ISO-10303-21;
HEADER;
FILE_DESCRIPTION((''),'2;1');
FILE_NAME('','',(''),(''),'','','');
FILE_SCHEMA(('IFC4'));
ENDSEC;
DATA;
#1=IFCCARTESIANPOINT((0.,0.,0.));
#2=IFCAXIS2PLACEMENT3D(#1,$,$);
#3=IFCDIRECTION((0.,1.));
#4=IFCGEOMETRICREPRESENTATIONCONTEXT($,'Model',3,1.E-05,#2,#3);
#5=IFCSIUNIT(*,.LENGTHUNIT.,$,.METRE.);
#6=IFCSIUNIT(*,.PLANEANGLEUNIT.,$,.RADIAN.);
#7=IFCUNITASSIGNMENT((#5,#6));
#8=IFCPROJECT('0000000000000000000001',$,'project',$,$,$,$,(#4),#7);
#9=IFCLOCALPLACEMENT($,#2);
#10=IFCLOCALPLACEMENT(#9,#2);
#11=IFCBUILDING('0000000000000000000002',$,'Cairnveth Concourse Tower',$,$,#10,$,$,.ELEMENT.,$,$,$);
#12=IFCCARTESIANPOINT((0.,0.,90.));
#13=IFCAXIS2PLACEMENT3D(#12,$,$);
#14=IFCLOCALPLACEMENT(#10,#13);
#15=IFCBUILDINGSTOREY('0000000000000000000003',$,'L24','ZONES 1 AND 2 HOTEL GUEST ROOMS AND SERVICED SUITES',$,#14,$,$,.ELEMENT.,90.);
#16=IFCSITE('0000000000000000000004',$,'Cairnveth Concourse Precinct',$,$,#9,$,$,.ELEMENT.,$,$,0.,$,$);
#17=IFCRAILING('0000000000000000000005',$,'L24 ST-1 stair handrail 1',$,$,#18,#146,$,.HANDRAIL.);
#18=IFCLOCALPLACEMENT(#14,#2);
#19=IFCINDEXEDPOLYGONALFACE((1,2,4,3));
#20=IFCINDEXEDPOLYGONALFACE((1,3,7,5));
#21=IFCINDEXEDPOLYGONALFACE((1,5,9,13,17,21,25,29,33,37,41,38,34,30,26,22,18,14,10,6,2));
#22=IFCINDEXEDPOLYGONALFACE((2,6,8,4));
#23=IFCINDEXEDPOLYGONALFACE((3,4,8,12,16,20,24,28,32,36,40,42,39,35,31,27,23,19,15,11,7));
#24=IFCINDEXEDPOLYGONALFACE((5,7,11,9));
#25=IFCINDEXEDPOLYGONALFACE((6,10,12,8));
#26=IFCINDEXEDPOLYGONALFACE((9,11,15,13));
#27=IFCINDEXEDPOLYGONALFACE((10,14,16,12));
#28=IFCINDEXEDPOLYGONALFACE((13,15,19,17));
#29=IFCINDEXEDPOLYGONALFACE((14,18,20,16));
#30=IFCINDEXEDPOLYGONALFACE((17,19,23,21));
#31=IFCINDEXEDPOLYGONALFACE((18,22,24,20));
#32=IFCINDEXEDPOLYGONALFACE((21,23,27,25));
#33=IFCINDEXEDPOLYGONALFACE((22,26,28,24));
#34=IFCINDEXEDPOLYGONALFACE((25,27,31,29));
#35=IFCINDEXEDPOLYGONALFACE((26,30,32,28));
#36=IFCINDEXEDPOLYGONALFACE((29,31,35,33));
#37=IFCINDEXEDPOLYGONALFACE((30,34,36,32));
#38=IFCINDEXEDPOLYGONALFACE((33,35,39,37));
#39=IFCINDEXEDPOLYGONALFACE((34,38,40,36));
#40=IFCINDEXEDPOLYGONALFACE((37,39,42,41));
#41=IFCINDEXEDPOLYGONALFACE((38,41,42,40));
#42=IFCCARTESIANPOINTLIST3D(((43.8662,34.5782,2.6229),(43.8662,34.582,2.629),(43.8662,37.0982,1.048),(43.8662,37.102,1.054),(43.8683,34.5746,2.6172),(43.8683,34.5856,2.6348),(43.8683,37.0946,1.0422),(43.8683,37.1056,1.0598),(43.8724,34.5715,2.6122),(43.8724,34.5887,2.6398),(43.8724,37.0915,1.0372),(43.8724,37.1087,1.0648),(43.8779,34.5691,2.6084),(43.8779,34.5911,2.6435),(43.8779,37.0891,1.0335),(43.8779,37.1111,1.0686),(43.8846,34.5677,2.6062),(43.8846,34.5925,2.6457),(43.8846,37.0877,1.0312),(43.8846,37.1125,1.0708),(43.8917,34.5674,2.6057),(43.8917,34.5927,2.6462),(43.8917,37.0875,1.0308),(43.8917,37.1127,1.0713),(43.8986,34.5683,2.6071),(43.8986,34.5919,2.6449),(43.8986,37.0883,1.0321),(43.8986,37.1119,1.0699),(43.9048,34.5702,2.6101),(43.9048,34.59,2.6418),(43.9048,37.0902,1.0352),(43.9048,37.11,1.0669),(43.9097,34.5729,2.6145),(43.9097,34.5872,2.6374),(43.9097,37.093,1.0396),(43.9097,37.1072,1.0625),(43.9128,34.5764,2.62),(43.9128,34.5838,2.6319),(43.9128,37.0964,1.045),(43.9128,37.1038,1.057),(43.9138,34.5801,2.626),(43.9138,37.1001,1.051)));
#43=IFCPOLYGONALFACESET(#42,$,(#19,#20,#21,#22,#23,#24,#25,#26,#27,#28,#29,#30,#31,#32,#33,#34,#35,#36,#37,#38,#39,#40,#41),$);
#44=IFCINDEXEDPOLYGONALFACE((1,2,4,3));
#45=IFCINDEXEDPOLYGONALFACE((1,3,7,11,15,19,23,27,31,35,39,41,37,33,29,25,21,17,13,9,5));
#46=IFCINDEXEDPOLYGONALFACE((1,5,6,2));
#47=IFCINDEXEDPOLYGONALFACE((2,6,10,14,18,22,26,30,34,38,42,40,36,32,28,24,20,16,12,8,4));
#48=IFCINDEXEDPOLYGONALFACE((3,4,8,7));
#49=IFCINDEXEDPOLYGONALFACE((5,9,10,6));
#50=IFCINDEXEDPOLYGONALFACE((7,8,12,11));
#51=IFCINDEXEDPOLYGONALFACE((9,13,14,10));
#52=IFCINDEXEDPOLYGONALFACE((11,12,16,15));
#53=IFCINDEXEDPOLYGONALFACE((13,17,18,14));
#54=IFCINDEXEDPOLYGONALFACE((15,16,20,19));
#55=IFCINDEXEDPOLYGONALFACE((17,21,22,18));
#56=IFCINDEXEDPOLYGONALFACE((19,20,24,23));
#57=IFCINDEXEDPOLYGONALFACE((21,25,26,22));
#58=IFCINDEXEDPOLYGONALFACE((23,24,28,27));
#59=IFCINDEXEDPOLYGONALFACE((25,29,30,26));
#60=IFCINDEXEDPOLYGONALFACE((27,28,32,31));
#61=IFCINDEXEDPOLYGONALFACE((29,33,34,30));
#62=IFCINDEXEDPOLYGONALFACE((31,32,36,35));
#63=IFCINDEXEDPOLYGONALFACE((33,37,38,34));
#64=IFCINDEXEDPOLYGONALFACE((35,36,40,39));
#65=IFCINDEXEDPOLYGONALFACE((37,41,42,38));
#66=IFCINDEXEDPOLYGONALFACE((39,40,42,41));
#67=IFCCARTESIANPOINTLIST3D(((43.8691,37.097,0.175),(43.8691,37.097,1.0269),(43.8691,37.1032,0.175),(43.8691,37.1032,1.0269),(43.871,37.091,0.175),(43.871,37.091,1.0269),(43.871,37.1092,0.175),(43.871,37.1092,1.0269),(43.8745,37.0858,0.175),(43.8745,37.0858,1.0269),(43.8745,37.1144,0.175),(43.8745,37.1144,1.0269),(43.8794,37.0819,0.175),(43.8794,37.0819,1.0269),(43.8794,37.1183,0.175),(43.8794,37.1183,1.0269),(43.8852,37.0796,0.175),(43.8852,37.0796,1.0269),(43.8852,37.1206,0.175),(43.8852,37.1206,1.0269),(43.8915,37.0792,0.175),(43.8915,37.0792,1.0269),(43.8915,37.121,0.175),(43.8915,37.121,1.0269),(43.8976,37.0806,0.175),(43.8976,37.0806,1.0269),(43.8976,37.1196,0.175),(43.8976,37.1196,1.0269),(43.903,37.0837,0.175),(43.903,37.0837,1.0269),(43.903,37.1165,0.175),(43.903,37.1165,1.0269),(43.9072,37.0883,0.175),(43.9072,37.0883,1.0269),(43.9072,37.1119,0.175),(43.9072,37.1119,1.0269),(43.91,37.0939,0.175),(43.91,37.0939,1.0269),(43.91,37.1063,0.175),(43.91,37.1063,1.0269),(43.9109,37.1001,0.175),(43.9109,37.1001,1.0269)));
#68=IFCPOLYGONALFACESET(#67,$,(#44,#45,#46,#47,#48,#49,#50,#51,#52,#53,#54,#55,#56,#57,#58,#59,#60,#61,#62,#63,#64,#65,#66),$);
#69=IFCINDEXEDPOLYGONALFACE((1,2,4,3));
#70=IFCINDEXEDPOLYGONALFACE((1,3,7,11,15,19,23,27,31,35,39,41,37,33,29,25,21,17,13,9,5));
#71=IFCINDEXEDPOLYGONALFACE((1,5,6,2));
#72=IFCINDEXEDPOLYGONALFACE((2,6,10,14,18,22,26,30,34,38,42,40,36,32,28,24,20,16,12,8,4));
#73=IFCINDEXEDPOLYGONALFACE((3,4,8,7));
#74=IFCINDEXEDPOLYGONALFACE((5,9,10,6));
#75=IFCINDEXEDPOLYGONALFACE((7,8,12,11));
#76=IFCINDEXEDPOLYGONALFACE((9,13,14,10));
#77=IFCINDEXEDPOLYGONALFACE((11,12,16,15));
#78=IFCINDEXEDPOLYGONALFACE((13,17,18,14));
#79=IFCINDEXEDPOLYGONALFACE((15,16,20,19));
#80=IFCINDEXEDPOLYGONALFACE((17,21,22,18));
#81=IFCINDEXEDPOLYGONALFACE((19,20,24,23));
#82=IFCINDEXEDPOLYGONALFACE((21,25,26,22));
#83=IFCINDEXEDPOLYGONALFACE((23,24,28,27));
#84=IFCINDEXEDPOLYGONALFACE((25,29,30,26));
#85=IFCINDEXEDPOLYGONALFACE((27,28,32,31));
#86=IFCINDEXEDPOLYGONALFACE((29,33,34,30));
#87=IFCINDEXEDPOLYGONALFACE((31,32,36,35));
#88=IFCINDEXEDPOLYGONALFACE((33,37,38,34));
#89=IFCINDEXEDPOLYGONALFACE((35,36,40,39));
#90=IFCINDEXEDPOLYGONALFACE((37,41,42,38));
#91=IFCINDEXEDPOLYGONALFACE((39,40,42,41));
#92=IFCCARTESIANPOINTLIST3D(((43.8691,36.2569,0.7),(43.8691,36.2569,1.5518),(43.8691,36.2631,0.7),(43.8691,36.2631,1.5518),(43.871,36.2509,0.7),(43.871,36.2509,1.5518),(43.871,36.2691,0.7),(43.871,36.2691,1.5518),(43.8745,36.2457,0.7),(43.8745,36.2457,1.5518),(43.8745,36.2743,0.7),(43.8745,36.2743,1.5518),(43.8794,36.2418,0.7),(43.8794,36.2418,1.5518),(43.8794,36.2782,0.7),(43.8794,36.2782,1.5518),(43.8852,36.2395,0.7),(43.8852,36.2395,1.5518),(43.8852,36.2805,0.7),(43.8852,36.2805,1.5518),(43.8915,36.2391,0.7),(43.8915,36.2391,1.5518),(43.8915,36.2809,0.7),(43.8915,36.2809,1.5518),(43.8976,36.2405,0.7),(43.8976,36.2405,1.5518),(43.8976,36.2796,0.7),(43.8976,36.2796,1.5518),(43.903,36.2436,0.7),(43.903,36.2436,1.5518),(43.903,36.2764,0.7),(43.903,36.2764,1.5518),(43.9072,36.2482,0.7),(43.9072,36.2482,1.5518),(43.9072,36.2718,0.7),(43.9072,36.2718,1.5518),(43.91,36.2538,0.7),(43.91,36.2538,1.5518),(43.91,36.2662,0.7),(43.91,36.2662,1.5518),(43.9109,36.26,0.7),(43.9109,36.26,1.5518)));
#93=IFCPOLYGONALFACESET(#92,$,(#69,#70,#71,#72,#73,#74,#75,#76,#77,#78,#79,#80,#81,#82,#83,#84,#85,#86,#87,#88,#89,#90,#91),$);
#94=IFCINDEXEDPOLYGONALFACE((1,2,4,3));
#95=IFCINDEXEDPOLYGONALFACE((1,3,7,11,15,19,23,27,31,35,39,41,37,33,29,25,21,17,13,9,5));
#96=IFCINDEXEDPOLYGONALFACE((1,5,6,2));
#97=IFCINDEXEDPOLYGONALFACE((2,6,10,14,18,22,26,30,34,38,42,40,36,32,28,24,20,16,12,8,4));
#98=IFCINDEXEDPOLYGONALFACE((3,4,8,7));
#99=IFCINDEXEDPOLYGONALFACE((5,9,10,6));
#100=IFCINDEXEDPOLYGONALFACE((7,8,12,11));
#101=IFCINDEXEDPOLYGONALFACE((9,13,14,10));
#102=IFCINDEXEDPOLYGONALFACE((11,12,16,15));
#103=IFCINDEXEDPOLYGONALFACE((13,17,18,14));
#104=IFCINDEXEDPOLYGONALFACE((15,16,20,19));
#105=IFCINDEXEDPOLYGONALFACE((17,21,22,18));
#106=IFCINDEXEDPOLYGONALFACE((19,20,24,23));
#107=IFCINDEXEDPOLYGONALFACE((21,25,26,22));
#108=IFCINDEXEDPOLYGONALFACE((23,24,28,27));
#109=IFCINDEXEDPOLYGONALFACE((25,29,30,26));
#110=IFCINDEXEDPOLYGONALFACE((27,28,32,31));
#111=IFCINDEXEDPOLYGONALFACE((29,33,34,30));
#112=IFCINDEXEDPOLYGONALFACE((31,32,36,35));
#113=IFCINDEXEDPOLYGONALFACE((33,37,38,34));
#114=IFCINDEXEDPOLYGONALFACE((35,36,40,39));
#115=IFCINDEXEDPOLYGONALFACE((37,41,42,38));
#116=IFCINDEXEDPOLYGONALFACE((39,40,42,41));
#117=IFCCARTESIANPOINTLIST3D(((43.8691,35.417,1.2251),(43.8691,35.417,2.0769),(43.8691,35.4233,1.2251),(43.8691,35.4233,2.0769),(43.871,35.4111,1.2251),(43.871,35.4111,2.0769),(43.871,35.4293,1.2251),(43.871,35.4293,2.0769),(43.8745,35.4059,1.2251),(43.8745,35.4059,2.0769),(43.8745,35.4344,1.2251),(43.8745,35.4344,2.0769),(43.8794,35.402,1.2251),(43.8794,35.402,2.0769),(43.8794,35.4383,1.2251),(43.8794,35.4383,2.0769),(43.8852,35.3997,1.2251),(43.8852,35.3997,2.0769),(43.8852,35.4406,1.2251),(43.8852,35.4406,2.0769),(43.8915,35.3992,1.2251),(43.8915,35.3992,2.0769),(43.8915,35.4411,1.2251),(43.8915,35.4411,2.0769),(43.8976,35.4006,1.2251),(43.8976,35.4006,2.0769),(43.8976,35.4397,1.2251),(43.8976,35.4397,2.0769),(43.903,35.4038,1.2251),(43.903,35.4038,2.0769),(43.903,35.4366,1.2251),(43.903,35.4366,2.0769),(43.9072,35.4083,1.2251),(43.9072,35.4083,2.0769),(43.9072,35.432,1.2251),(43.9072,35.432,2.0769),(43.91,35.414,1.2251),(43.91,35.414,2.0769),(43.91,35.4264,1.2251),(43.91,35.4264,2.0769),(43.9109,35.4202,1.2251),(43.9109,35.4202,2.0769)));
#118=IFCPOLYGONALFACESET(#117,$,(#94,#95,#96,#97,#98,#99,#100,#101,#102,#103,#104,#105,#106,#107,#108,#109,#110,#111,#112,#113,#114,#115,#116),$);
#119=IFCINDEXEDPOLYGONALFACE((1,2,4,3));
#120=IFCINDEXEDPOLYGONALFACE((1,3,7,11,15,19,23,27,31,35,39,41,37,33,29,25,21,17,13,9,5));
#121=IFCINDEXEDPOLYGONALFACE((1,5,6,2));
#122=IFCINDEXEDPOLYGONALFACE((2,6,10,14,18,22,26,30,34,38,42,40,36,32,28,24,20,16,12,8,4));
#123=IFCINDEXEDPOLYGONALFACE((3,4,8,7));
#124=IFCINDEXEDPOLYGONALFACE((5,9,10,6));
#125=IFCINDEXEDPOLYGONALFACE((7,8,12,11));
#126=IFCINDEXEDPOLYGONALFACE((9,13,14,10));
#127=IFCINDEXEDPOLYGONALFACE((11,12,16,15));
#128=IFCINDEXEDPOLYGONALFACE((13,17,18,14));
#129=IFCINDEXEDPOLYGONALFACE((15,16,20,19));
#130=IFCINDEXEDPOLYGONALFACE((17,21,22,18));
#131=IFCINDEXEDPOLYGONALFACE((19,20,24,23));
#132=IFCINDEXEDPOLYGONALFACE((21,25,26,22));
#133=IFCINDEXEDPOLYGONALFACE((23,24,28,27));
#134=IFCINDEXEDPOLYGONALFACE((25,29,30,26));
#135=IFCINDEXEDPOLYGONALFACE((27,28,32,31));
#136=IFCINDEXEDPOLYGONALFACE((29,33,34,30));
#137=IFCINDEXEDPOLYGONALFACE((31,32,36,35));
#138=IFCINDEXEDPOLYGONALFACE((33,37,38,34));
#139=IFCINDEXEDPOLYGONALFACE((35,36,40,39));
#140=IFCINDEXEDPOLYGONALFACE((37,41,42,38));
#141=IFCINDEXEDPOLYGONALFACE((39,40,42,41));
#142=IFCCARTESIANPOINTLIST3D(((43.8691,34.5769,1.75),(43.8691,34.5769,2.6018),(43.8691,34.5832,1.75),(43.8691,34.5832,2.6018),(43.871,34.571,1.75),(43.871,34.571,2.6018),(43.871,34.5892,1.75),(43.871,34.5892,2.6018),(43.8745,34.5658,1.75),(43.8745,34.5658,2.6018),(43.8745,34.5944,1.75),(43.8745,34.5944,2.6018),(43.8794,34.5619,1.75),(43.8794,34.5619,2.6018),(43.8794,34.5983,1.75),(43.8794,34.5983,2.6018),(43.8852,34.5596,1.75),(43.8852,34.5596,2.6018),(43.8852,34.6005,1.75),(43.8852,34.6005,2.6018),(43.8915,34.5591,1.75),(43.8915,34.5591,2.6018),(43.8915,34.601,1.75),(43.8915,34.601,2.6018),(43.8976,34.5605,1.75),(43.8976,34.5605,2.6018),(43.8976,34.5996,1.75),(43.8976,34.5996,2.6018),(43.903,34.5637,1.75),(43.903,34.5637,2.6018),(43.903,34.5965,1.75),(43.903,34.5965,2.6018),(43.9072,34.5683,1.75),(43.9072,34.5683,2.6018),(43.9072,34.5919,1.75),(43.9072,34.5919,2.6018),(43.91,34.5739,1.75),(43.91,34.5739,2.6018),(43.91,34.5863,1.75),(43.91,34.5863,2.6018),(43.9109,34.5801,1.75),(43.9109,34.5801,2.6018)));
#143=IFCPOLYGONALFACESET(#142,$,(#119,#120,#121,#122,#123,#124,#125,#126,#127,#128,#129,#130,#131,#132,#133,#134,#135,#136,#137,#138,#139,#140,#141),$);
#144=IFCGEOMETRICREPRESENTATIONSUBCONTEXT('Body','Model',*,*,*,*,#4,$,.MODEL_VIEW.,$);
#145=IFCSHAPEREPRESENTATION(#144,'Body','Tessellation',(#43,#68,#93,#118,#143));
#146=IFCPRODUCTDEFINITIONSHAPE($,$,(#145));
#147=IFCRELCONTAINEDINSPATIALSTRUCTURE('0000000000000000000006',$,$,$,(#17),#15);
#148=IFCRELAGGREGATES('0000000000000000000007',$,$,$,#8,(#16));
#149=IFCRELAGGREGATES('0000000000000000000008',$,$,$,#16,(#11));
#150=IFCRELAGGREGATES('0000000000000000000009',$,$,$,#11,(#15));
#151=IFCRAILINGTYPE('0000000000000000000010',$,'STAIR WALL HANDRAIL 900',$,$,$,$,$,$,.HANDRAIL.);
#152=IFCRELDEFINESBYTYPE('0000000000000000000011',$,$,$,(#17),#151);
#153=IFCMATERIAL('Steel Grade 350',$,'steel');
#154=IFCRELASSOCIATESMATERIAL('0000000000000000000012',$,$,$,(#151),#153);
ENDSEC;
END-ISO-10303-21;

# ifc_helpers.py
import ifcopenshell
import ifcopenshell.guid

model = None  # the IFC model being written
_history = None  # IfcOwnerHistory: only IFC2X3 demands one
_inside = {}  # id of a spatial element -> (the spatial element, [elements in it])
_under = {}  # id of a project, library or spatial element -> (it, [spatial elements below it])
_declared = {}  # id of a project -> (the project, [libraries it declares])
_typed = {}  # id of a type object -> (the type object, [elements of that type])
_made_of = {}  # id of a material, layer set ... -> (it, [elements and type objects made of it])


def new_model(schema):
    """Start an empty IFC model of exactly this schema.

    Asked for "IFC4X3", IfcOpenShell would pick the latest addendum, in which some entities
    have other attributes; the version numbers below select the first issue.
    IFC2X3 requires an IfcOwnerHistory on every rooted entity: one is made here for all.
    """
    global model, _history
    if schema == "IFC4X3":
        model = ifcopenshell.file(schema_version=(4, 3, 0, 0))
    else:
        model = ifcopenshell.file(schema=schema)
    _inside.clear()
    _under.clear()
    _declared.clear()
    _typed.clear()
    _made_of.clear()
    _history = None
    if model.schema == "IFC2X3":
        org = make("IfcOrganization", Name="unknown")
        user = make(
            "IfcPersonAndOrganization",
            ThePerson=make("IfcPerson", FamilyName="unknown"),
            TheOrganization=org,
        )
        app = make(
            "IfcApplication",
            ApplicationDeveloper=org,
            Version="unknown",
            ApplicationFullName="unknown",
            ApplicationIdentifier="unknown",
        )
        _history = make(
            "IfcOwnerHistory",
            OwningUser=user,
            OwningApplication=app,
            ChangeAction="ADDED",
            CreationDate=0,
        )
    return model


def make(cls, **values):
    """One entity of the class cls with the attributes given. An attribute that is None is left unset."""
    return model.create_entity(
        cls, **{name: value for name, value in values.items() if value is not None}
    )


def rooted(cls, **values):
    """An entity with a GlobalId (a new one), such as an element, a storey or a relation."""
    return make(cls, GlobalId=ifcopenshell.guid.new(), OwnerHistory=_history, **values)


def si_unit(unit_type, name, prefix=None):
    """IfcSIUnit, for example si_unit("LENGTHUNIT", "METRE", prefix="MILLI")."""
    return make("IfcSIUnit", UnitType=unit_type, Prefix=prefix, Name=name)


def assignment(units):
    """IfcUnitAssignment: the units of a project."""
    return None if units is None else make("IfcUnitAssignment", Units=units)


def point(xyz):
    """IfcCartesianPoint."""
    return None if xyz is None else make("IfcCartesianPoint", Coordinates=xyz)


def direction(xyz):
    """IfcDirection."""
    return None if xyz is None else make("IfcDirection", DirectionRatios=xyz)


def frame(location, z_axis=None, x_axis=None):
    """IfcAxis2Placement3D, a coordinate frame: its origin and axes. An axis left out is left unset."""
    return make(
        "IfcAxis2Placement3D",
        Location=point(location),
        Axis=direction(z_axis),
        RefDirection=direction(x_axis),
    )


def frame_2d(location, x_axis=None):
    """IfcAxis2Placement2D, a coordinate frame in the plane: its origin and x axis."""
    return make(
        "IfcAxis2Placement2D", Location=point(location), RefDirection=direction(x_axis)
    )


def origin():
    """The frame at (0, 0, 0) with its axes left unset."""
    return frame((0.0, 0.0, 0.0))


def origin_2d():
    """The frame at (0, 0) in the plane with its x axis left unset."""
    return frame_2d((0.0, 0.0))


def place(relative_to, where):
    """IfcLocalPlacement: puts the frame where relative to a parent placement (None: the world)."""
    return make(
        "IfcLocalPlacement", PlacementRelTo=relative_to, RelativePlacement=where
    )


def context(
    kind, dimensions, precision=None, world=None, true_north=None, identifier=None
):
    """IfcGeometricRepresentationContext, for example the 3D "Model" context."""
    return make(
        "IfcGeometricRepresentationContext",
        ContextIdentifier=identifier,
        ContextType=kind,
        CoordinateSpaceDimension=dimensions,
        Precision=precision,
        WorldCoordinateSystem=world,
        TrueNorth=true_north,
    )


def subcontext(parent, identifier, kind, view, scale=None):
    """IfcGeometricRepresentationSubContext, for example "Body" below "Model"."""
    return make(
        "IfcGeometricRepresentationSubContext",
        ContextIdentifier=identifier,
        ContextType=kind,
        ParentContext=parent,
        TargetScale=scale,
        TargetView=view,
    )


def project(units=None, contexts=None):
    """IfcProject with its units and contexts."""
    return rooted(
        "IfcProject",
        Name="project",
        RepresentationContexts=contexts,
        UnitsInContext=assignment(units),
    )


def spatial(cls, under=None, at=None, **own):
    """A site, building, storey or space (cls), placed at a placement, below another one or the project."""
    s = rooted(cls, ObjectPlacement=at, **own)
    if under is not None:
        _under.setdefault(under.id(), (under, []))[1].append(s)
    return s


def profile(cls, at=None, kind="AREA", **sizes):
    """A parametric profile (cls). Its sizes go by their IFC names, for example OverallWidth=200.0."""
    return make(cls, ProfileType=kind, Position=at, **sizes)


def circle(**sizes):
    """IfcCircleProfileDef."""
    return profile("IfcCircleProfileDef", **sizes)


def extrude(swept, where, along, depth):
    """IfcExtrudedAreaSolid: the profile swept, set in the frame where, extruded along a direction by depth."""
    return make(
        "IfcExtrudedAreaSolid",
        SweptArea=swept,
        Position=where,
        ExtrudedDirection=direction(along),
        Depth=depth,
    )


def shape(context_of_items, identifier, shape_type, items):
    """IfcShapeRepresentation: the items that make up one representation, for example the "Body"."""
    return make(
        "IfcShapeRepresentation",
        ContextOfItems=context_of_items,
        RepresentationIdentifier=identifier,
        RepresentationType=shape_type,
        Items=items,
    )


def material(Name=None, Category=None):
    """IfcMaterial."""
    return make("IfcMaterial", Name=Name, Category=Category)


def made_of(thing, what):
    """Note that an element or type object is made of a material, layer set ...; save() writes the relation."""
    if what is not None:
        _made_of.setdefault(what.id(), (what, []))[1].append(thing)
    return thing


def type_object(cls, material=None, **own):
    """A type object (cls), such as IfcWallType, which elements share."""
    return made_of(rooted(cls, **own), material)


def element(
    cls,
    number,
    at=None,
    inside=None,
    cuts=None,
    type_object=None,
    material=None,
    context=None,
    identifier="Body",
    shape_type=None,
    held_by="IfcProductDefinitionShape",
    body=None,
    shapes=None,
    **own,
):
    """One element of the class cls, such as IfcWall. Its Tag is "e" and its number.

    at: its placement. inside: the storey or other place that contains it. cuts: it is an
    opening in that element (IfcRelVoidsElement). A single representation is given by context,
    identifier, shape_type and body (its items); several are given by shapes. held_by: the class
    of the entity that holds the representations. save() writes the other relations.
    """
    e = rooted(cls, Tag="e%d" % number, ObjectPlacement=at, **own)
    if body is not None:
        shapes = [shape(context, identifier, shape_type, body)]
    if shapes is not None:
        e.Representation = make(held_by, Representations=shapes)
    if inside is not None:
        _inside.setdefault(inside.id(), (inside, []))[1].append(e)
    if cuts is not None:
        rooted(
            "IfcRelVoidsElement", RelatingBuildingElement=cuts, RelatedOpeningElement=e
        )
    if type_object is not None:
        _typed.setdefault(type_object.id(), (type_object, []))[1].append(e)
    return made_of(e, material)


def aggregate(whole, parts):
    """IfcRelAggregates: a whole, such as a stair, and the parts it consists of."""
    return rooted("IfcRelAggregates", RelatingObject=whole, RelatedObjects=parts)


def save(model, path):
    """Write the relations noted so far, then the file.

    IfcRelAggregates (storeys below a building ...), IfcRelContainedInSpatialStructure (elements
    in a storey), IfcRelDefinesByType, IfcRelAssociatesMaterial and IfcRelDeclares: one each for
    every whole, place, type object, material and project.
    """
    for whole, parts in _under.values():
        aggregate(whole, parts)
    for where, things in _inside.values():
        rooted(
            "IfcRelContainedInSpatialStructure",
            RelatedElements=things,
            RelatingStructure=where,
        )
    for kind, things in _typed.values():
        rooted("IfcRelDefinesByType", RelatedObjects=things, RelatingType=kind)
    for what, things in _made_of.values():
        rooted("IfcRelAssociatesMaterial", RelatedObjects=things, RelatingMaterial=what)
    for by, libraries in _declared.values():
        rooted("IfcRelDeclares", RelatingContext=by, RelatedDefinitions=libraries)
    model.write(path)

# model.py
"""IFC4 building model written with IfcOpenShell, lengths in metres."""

from ifc_helpers import new_model, si_unit, direction, frame, origin, origin_2d, place, context, subcontext, project, spatial, circle, extrude, material, type_object, element, save


model = new_model("IFC4")

# Units and contexts
model_context = context("Model", 3, precision=1e-05, world=origin(), true_north=direction((0.0, 1.0)))
body_context = subcontext(model_context, "Body", "Model", "MODEL_VIEW")
ifc_project = project(units=[si_unit("LENGTHUNIT", "METRE"), si_unit("PLANEANGLEUNIT", "RADIAN")], contexts=[model_context])

# Site, building, storey
site_placement = place(None, origin())
site = spatial("IfcSite", under=ifc_project, at=site_placement, Name="Cairnveth Concourse Precinct", CompositionType="ELEMENT", RefElevation=0.0)
building_placement = place(site_placement, origin())
building = spatial("IfcBuilding", under=site, at=building_placement, Name="Cairnveth Concourse Tower", CompositionType="ELEMENT")
storey_placement = place(building_placement, frame((0.0, 0.0, 90.0)))
storey = spatial("IfcBuildingStorey", under=building, at=storey_placement, Name="L24", Description="ZONES 1 AND 2 HOTEL GUEST ROOMS AND SERVICED SUITES", CompositionType="ELEMENT", Elevation=90.0)

# Railing
ifc_material_1 = material(Name="Steel Grade 350", Category="steel")
railing_type_1 = type_object("IfcRailingType", Name="STAIR WALL HANDRAIL 900", PredefinedType="HANDRAIL", material=ifc_material_1)
railing_1_placement = place(storey_placement, frame((43.8899, 37.1001, 0.175)))
element("IfcRailing", 1, at=railing_1_placement, inside=storey, type_object=railing_type_1, Name="L24 ST-1 stair handrail 1", PredefinedType="HANDRAIL", context=body_context, shape_type="SweptSolid", body=[
    extrude(circle(Radius=0.0239, at=origin_2d()), frame((0.0, 0.0, 0.876), z_axis=(0.0, -0.848008, 0.529984), x_axis=(1.0, 0.0, 0.0)), (0.0, 0.0, 1.0), 2.9717),
    extrude(circle(Radius=0.021, at=origin_2d()), origin(), (0.0, 0.0, 1.0), 0.8518),
    extrude(circle(Radius=0.021, at=origin_2d()), frame((0.0, -0.8401, 0.5249)), (0.0, 0.0, 1.0), 0.8518),
    extrude(circle(Radius=0.021, at=origin_2d()), frame((0.0, -1.6799, 1.05)), (0.0, 0.0, 1.0), 0.8518),
    extrude(circle(Radius=0.021, at=origin_2d()), frame((0.0, -2.52, 1.575)), (0.0, 0.0, 1.0), 0.8518),
])

save(model, "model.ifc")
